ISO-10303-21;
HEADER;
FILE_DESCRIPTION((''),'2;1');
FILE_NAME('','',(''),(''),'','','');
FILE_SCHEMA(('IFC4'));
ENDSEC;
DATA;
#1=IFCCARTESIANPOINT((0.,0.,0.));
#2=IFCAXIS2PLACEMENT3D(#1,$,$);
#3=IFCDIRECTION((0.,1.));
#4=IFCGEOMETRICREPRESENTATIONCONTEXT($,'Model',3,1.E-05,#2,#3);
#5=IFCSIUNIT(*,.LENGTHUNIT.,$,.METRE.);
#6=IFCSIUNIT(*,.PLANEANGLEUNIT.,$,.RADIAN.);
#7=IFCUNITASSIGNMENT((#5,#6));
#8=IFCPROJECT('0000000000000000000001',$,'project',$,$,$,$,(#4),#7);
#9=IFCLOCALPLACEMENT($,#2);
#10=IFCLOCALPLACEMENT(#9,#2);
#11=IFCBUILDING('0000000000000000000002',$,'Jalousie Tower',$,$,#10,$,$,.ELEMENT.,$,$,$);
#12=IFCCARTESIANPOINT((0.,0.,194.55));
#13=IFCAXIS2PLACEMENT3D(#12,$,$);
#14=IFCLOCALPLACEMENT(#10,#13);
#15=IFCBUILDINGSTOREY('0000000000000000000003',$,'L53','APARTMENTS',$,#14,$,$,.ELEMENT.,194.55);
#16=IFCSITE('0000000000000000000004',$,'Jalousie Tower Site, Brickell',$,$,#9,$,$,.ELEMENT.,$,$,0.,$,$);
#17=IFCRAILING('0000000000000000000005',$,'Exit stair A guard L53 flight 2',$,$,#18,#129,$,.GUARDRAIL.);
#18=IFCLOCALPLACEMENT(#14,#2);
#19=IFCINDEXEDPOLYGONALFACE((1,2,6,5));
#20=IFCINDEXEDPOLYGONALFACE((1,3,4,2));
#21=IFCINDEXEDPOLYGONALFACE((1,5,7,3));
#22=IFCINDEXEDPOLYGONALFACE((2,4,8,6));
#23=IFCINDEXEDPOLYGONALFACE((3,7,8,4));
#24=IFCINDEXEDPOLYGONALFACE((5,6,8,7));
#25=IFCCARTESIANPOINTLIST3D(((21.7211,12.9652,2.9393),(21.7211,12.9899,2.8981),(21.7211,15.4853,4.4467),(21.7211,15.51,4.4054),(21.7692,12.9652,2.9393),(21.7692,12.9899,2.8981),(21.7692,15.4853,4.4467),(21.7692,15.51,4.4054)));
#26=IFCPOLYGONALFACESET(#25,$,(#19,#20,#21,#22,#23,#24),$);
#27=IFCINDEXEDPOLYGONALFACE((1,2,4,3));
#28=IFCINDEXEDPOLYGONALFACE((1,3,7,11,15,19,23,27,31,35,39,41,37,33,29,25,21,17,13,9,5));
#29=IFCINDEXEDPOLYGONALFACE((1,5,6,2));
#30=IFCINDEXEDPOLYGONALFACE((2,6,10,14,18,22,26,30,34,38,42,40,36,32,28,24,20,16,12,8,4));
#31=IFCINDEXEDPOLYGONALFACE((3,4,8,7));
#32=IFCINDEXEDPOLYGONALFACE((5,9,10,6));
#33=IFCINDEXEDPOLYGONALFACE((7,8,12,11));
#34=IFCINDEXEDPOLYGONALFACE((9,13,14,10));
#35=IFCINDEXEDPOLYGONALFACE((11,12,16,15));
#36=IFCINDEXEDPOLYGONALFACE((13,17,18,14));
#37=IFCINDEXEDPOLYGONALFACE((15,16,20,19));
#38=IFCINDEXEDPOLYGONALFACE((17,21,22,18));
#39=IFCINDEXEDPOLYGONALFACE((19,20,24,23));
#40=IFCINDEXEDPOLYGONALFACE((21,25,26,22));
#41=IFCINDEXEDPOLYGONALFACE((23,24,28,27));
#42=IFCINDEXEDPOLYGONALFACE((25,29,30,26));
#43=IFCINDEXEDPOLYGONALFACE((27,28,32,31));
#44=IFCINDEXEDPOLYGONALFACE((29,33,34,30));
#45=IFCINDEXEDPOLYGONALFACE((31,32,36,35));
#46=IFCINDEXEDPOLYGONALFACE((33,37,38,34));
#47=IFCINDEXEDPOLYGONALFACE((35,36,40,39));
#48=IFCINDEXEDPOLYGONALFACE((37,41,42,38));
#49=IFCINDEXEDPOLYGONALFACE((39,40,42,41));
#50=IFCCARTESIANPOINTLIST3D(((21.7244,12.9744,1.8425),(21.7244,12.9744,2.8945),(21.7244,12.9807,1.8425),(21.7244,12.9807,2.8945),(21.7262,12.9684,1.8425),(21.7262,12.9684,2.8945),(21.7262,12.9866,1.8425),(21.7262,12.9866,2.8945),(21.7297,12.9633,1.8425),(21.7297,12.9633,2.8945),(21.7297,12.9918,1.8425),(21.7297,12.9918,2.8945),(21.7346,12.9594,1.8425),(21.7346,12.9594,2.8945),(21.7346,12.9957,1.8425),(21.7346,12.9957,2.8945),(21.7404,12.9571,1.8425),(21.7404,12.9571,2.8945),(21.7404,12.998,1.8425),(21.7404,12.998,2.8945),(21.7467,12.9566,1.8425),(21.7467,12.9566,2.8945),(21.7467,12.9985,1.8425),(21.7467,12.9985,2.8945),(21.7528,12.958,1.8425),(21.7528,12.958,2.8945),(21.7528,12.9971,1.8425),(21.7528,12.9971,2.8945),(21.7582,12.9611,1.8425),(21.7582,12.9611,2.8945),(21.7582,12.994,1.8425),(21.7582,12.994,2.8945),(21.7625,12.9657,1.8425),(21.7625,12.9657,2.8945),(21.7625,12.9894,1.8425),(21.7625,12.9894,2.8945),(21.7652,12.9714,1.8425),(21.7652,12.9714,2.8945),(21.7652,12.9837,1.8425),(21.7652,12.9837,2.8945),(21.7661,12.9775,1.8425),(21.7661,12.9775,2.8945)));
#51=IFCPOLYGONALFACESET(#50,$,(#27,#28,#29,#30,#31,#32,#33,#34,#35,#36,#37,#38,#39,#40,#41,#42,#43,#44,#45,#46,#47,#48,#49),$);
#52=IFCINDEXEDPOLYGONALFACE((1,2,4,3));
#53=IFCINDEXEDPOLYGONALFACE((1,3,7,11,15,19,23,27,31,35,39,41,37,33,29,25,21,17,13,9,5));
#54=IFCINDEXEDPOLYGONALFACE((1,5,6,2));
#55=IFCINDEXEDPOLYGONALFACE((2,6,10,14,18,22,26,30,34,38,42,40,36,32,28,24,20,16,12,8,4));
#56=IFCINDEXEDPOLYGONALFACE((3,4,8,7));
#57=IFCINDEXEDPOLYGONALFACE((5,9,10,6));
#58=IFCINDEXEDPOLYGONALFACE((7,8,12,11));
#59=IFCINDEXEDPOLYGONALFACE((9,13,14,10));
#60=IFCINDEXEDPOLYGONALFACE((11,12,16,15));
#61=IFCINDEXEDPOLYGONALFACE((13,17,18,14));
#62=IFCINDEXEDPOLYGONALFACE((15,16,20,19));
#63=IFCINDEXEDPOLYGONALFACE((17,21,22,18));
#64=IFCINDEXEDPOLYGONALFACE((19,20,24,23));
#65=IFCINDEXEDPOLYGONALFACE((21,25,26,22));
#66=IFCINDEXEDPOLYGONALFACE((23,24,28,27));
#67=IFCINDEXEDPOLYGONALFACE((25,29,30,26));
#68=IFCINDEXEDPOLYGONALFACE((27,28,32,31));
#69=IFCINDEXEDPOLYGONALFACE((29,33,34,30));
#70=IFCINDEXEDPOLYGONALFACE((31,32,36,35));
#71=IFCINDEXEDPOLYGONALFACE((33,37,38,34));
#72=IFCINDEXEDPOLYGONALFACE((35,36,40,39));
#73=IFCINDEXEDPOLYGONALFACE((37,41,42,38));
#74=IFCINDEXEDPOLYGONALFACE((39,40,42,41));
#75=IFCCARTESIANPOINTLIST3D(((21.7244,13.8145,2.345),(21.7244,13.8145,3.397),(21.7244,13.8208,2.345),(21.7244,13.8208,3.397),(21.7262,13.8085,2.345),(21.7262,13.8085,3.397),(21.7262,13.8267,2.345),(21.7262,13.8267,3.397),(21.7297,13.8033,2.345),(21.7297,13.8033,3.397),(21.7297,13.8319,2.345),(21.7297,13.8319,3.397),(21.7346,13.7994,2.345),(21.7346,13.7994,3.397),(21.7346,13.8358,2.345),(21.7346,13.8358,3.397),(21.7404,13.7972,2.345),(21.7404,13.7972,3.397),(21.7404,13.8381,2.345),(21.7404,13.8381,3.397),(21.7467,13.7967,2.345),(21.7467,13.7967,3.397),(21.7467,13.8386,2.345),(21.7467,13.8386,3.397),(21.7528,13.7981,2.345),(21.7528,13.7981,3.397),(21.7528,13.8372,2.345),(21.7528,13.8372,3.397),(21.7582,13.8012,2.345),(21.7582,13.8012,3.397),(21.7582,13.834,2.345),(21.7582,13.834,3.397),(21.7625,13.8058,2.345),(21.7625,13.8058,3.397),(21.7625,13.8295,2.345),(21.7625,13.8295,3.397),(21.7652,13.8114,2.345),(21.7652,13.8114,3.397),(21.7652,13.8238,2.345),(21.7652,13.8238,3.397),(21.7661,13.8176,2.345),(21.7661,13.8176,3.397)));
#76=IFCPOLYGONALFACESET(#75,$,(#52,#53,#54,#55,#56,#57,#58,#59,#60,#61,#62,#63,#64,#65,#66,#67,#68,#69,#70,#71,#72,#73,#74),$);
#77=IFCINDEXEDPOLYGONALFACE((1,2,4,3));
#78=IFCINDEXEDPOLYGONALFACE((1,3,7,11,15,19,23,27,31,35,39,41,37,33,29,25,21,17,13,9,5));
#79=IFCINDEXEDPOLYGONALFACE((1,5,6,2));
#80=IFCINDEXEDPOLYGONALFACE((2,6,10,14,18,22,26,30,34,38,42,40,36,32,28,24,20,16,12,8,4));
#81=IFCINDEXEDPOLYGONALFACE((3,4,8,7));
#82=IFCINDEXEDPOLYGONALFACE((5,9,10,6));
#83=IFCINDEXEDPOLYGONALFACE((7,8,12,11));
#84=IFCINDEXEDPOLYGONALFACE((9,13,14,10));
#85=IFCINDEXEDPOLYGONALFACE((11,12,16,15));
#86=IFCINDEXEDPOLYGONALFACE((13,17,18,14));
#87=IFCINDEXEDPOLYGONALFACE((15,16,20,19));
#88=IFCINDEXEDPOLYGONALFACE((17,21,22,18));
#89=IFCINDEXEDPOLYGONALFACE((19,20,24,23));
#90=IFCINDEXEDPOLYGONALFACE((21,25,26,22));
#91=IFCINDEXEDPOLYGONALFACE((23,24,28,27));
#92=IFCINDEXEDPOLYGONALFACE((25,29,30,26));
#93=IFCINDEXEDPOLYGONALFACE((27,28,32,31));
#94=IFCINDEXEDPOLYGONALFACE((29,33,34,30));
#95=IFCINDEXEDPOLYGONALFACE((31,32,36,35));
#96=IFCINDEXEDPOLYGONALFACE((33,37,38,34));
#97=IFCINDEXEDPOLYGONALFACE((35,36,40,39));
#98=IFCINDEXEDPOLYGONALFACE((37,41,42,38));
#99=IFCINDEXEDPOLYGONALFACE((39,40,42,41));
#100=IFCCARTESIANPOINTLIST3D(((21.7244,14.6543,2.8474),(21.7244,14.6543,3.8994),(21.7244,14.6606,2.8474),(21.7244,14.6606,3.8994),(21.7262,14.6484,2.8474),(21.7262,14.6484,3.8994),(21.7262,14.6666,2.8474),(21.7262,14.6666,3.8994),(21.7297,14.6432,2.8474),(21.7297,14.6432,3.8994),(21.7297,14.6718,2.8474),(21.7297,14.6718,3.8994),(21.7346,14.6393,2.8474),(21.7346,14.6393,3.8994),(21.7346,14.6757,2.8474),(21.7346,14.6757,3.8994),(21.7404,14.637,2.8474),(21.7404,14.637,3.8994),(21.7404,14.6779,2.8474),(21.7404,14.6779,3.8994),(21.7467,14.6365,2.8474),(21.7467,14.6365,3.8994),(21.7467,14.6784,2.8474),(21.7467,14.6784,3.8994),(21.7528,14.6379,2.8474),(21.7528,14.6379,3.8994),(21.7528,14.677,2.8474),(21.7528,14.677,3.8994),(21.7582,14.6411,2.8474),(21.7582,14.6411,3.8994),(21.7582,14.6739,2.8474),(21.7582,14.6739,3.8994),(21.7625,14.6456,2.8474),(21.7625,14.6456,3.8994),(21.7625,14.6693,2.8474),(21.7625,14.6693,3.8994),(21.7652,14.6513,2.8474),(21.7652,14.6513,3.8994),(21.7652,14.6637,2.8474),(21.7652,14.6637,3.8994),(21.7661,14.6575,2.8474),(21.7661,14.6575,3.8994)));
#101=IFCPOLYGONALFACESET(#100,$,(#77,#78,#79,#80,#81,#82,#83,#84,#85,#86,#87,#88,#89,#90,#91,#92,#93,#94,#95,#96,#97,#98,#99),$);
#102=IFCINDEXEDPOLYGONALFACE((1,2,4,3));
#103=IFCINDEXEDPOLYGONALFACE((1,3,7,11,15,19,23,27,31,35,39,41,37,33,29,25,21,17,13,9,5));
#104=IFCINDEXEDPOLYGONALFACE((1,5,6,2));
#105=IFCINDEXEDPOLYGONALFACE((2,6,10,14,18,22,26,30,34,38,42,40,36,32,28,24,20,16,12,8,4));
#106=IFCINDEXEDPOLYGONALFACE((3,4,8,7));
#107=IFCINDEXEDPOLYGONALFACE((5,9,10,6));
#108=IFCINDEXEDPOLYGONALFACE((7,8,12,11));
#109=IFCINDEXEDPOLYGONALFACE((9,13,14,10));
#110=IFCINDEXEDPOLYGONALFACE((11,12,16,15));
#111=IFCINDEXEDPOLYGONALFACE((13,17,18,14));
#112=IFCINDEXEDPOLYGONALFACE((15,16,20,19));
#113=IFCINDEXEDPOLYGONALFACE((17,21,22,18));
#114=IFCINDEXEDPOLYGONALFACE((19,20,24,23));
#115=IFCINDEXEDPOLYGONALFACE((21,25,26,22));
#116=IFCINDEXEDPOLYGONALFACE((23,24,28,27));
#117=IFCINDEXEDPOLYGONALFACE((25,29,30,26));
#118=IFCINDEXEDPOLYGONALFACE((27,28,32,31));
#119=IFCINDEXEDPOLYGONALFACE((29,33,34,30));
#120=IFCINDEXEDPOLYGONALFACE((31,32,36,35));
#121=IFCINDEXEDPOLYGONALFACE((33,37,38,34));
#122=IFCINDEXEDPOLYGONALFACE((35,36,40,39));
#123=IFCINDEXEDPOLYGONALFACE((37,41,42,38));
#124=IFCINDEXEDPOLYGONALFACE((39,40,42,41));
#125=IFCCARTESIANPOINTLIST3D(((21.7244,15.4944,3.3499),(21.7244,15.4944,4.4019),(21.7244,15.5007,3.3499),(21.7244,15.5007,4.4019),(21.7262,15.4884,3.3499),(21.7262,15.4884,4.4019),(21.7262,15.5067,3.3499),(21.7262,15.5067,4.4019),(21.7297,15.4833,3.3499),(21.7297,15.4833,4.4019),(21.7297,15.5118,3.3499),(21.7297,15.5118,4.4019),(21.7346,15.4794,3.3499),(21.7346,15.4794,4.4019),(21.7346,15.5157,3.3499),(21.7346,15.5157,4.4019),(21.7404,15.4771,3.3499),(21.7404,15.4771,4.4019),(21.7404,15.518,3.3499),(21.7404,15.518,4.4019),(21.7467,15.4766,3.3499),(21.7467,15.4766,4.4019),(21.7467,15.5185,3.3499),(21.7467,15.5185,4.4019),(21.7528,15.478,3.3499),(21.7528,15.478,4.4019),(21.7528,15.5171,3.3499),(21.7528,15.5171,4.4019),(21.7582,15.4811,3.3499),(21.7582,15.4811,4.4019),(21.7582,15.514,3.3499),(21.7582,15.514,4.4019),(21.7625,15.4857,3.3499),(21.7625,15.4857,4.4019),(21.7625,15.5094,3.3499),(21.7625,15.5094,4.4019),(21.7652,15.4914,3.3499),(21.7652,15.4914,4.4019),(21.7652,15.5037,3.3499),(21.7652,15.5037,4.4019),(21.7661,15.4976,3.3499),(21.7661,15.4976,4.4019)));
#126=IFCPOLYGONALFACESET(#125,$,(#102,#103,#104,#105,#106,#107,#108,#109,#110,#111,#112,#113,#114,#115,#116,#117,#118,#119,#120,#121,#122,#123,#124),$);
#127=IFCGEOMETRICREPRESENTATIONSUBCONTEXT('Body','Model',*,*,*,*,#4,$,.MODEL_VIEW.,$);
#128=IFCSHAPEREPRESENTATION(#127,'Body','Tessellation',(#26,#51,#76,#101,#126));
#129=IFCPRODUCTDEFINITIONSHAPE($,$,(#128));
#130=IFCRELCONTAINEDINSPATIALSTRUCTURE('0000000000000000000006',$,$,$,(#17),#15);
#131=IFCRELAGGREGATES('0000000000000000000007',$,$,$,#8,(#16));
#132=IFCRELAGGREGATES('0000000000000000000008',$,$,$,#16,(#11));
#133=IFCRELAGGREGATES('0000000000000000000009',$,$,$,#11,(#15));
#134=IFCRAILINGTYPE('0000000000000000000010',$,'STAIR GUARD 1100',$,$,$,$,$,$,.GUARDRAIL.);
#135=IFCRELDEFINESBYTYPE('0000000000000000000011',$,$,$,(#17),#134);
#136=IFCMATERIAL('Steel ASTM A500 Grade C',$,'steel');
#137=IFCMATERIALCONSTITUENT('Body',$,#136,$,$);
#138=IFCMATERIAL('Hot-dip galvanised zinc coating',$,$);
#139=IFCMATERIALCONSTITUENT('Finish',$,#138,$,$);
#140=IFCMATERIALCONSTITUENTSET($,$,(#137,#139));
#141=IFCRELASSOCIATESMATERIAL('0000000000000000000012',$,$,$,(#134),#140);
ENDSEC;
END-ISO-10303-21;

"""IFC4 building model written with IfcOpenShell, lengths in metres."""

from ifc_helpers import new_model, si_unit, direction, frame, origin, origin_2d, place, context, subcontext, project, spatial, rectangle, circle, extrude, material, constituent, constituent_set, type_object, element, save


model = new_model("IFC4")

# Units and contexts
model_context = context("Model", 3, precision=1e-05, world=origin(), true_north=direction((0.0, 1.0)))
body_context = subcontext(model_context, "Body", "Model", "MODEL_VIEW")
ifc_project = project(units=[si_unit("LENGTHUNIT", "METRE"), si_unit("PLANEANGLEUNIT", "RADIAN")], contexts=[model_context])

# Site, building, storey
site_placement = place(None, origin())
site = spatial("IfcSite", under=ifc_project, at=site_placement, Name="Jalousie Tower Site, Brickell", CompositionType="ELEMENT", RefElevation=0.0)
building_placement = place(site_placement, origin())
building = spatial("IfcBuilding", under=site, at=building_placement, Name="Jalousie Tower", CompositionType="ELEMENT")
storey_placement = place(building_placement, frame((0.0, 0.0, 194.55)))
storey = spatial("IfcBuildingStorey", under=building, at=storey_placement, Name="L53", Description="APARTMENTS", CompositionType="ELEMENT", Elevation=194.55)

# Railing
ifc_material_1 = material(Name="Steel ASTM A500 Grade C", Category="steel")
ifc_constituent_1 = constituent(ifc_material_1, Name="Body")
ifc_material_2 = material(Name="Hot-dip galvanised zinc coating")
ifc_constituent_2 = constituent(ifc_material_2, Name="Finish")
ifc_constituent_set_1 = constituent_set(constituents=[ifc_constituent_1, ifc_constituent_2])
railing_type_1 = type_object("IfcRailingType", Name="STAIR GUARD 1100", PredefinedType="GUARDRAIL", material=ifc_constituent_set_1)
railing_1_placement = place(storey_placement, frame((21.7451, 12.9775, 1.8425)))
element("IfcRailing", 1, at=railing_1_placement, inside=storey, type_object=railing_type_1, Name="Exit stair A guard L53 flight 2", PredefinedType="GUARDRAIL", context=body_context, shape_type="SweptSolid", body=[
    extrude(rectangle(XDim=0.0481, YDim=0.0481, at=origin_2d()), frame((0.0, 0.0, 1.0762), z_axis=(0.0, 0.858196, 0.513321), x_axis=(-1.0, 0.0, 0.0)), (0.0, 0.0, 1.0), 2.9365),
    extrude(circle(Radius=0.021, at=origin_2d()), origin(), (0.0, 0.0, 1.0), 1.052),
    extrude(circle(Radius=0.021, at=origin_2d()), frame((0.0, 0.8401, 0.5024)), (0.0, 0.0, 1.0), 1.052),
    extrude(circle(Radius=0.021, at=origin_2d()), frame((0.0, 1.6799, 1.0049)), (0.0, 0.0, 1.0), 1.052),
    extrude(circle(Radius=0.021, at=origin_2d()), frame((0.0, 2.52, 1.5073)), (0.0, 0.0, 1.0), 1.052),
])

save(model, "model.ifc")
